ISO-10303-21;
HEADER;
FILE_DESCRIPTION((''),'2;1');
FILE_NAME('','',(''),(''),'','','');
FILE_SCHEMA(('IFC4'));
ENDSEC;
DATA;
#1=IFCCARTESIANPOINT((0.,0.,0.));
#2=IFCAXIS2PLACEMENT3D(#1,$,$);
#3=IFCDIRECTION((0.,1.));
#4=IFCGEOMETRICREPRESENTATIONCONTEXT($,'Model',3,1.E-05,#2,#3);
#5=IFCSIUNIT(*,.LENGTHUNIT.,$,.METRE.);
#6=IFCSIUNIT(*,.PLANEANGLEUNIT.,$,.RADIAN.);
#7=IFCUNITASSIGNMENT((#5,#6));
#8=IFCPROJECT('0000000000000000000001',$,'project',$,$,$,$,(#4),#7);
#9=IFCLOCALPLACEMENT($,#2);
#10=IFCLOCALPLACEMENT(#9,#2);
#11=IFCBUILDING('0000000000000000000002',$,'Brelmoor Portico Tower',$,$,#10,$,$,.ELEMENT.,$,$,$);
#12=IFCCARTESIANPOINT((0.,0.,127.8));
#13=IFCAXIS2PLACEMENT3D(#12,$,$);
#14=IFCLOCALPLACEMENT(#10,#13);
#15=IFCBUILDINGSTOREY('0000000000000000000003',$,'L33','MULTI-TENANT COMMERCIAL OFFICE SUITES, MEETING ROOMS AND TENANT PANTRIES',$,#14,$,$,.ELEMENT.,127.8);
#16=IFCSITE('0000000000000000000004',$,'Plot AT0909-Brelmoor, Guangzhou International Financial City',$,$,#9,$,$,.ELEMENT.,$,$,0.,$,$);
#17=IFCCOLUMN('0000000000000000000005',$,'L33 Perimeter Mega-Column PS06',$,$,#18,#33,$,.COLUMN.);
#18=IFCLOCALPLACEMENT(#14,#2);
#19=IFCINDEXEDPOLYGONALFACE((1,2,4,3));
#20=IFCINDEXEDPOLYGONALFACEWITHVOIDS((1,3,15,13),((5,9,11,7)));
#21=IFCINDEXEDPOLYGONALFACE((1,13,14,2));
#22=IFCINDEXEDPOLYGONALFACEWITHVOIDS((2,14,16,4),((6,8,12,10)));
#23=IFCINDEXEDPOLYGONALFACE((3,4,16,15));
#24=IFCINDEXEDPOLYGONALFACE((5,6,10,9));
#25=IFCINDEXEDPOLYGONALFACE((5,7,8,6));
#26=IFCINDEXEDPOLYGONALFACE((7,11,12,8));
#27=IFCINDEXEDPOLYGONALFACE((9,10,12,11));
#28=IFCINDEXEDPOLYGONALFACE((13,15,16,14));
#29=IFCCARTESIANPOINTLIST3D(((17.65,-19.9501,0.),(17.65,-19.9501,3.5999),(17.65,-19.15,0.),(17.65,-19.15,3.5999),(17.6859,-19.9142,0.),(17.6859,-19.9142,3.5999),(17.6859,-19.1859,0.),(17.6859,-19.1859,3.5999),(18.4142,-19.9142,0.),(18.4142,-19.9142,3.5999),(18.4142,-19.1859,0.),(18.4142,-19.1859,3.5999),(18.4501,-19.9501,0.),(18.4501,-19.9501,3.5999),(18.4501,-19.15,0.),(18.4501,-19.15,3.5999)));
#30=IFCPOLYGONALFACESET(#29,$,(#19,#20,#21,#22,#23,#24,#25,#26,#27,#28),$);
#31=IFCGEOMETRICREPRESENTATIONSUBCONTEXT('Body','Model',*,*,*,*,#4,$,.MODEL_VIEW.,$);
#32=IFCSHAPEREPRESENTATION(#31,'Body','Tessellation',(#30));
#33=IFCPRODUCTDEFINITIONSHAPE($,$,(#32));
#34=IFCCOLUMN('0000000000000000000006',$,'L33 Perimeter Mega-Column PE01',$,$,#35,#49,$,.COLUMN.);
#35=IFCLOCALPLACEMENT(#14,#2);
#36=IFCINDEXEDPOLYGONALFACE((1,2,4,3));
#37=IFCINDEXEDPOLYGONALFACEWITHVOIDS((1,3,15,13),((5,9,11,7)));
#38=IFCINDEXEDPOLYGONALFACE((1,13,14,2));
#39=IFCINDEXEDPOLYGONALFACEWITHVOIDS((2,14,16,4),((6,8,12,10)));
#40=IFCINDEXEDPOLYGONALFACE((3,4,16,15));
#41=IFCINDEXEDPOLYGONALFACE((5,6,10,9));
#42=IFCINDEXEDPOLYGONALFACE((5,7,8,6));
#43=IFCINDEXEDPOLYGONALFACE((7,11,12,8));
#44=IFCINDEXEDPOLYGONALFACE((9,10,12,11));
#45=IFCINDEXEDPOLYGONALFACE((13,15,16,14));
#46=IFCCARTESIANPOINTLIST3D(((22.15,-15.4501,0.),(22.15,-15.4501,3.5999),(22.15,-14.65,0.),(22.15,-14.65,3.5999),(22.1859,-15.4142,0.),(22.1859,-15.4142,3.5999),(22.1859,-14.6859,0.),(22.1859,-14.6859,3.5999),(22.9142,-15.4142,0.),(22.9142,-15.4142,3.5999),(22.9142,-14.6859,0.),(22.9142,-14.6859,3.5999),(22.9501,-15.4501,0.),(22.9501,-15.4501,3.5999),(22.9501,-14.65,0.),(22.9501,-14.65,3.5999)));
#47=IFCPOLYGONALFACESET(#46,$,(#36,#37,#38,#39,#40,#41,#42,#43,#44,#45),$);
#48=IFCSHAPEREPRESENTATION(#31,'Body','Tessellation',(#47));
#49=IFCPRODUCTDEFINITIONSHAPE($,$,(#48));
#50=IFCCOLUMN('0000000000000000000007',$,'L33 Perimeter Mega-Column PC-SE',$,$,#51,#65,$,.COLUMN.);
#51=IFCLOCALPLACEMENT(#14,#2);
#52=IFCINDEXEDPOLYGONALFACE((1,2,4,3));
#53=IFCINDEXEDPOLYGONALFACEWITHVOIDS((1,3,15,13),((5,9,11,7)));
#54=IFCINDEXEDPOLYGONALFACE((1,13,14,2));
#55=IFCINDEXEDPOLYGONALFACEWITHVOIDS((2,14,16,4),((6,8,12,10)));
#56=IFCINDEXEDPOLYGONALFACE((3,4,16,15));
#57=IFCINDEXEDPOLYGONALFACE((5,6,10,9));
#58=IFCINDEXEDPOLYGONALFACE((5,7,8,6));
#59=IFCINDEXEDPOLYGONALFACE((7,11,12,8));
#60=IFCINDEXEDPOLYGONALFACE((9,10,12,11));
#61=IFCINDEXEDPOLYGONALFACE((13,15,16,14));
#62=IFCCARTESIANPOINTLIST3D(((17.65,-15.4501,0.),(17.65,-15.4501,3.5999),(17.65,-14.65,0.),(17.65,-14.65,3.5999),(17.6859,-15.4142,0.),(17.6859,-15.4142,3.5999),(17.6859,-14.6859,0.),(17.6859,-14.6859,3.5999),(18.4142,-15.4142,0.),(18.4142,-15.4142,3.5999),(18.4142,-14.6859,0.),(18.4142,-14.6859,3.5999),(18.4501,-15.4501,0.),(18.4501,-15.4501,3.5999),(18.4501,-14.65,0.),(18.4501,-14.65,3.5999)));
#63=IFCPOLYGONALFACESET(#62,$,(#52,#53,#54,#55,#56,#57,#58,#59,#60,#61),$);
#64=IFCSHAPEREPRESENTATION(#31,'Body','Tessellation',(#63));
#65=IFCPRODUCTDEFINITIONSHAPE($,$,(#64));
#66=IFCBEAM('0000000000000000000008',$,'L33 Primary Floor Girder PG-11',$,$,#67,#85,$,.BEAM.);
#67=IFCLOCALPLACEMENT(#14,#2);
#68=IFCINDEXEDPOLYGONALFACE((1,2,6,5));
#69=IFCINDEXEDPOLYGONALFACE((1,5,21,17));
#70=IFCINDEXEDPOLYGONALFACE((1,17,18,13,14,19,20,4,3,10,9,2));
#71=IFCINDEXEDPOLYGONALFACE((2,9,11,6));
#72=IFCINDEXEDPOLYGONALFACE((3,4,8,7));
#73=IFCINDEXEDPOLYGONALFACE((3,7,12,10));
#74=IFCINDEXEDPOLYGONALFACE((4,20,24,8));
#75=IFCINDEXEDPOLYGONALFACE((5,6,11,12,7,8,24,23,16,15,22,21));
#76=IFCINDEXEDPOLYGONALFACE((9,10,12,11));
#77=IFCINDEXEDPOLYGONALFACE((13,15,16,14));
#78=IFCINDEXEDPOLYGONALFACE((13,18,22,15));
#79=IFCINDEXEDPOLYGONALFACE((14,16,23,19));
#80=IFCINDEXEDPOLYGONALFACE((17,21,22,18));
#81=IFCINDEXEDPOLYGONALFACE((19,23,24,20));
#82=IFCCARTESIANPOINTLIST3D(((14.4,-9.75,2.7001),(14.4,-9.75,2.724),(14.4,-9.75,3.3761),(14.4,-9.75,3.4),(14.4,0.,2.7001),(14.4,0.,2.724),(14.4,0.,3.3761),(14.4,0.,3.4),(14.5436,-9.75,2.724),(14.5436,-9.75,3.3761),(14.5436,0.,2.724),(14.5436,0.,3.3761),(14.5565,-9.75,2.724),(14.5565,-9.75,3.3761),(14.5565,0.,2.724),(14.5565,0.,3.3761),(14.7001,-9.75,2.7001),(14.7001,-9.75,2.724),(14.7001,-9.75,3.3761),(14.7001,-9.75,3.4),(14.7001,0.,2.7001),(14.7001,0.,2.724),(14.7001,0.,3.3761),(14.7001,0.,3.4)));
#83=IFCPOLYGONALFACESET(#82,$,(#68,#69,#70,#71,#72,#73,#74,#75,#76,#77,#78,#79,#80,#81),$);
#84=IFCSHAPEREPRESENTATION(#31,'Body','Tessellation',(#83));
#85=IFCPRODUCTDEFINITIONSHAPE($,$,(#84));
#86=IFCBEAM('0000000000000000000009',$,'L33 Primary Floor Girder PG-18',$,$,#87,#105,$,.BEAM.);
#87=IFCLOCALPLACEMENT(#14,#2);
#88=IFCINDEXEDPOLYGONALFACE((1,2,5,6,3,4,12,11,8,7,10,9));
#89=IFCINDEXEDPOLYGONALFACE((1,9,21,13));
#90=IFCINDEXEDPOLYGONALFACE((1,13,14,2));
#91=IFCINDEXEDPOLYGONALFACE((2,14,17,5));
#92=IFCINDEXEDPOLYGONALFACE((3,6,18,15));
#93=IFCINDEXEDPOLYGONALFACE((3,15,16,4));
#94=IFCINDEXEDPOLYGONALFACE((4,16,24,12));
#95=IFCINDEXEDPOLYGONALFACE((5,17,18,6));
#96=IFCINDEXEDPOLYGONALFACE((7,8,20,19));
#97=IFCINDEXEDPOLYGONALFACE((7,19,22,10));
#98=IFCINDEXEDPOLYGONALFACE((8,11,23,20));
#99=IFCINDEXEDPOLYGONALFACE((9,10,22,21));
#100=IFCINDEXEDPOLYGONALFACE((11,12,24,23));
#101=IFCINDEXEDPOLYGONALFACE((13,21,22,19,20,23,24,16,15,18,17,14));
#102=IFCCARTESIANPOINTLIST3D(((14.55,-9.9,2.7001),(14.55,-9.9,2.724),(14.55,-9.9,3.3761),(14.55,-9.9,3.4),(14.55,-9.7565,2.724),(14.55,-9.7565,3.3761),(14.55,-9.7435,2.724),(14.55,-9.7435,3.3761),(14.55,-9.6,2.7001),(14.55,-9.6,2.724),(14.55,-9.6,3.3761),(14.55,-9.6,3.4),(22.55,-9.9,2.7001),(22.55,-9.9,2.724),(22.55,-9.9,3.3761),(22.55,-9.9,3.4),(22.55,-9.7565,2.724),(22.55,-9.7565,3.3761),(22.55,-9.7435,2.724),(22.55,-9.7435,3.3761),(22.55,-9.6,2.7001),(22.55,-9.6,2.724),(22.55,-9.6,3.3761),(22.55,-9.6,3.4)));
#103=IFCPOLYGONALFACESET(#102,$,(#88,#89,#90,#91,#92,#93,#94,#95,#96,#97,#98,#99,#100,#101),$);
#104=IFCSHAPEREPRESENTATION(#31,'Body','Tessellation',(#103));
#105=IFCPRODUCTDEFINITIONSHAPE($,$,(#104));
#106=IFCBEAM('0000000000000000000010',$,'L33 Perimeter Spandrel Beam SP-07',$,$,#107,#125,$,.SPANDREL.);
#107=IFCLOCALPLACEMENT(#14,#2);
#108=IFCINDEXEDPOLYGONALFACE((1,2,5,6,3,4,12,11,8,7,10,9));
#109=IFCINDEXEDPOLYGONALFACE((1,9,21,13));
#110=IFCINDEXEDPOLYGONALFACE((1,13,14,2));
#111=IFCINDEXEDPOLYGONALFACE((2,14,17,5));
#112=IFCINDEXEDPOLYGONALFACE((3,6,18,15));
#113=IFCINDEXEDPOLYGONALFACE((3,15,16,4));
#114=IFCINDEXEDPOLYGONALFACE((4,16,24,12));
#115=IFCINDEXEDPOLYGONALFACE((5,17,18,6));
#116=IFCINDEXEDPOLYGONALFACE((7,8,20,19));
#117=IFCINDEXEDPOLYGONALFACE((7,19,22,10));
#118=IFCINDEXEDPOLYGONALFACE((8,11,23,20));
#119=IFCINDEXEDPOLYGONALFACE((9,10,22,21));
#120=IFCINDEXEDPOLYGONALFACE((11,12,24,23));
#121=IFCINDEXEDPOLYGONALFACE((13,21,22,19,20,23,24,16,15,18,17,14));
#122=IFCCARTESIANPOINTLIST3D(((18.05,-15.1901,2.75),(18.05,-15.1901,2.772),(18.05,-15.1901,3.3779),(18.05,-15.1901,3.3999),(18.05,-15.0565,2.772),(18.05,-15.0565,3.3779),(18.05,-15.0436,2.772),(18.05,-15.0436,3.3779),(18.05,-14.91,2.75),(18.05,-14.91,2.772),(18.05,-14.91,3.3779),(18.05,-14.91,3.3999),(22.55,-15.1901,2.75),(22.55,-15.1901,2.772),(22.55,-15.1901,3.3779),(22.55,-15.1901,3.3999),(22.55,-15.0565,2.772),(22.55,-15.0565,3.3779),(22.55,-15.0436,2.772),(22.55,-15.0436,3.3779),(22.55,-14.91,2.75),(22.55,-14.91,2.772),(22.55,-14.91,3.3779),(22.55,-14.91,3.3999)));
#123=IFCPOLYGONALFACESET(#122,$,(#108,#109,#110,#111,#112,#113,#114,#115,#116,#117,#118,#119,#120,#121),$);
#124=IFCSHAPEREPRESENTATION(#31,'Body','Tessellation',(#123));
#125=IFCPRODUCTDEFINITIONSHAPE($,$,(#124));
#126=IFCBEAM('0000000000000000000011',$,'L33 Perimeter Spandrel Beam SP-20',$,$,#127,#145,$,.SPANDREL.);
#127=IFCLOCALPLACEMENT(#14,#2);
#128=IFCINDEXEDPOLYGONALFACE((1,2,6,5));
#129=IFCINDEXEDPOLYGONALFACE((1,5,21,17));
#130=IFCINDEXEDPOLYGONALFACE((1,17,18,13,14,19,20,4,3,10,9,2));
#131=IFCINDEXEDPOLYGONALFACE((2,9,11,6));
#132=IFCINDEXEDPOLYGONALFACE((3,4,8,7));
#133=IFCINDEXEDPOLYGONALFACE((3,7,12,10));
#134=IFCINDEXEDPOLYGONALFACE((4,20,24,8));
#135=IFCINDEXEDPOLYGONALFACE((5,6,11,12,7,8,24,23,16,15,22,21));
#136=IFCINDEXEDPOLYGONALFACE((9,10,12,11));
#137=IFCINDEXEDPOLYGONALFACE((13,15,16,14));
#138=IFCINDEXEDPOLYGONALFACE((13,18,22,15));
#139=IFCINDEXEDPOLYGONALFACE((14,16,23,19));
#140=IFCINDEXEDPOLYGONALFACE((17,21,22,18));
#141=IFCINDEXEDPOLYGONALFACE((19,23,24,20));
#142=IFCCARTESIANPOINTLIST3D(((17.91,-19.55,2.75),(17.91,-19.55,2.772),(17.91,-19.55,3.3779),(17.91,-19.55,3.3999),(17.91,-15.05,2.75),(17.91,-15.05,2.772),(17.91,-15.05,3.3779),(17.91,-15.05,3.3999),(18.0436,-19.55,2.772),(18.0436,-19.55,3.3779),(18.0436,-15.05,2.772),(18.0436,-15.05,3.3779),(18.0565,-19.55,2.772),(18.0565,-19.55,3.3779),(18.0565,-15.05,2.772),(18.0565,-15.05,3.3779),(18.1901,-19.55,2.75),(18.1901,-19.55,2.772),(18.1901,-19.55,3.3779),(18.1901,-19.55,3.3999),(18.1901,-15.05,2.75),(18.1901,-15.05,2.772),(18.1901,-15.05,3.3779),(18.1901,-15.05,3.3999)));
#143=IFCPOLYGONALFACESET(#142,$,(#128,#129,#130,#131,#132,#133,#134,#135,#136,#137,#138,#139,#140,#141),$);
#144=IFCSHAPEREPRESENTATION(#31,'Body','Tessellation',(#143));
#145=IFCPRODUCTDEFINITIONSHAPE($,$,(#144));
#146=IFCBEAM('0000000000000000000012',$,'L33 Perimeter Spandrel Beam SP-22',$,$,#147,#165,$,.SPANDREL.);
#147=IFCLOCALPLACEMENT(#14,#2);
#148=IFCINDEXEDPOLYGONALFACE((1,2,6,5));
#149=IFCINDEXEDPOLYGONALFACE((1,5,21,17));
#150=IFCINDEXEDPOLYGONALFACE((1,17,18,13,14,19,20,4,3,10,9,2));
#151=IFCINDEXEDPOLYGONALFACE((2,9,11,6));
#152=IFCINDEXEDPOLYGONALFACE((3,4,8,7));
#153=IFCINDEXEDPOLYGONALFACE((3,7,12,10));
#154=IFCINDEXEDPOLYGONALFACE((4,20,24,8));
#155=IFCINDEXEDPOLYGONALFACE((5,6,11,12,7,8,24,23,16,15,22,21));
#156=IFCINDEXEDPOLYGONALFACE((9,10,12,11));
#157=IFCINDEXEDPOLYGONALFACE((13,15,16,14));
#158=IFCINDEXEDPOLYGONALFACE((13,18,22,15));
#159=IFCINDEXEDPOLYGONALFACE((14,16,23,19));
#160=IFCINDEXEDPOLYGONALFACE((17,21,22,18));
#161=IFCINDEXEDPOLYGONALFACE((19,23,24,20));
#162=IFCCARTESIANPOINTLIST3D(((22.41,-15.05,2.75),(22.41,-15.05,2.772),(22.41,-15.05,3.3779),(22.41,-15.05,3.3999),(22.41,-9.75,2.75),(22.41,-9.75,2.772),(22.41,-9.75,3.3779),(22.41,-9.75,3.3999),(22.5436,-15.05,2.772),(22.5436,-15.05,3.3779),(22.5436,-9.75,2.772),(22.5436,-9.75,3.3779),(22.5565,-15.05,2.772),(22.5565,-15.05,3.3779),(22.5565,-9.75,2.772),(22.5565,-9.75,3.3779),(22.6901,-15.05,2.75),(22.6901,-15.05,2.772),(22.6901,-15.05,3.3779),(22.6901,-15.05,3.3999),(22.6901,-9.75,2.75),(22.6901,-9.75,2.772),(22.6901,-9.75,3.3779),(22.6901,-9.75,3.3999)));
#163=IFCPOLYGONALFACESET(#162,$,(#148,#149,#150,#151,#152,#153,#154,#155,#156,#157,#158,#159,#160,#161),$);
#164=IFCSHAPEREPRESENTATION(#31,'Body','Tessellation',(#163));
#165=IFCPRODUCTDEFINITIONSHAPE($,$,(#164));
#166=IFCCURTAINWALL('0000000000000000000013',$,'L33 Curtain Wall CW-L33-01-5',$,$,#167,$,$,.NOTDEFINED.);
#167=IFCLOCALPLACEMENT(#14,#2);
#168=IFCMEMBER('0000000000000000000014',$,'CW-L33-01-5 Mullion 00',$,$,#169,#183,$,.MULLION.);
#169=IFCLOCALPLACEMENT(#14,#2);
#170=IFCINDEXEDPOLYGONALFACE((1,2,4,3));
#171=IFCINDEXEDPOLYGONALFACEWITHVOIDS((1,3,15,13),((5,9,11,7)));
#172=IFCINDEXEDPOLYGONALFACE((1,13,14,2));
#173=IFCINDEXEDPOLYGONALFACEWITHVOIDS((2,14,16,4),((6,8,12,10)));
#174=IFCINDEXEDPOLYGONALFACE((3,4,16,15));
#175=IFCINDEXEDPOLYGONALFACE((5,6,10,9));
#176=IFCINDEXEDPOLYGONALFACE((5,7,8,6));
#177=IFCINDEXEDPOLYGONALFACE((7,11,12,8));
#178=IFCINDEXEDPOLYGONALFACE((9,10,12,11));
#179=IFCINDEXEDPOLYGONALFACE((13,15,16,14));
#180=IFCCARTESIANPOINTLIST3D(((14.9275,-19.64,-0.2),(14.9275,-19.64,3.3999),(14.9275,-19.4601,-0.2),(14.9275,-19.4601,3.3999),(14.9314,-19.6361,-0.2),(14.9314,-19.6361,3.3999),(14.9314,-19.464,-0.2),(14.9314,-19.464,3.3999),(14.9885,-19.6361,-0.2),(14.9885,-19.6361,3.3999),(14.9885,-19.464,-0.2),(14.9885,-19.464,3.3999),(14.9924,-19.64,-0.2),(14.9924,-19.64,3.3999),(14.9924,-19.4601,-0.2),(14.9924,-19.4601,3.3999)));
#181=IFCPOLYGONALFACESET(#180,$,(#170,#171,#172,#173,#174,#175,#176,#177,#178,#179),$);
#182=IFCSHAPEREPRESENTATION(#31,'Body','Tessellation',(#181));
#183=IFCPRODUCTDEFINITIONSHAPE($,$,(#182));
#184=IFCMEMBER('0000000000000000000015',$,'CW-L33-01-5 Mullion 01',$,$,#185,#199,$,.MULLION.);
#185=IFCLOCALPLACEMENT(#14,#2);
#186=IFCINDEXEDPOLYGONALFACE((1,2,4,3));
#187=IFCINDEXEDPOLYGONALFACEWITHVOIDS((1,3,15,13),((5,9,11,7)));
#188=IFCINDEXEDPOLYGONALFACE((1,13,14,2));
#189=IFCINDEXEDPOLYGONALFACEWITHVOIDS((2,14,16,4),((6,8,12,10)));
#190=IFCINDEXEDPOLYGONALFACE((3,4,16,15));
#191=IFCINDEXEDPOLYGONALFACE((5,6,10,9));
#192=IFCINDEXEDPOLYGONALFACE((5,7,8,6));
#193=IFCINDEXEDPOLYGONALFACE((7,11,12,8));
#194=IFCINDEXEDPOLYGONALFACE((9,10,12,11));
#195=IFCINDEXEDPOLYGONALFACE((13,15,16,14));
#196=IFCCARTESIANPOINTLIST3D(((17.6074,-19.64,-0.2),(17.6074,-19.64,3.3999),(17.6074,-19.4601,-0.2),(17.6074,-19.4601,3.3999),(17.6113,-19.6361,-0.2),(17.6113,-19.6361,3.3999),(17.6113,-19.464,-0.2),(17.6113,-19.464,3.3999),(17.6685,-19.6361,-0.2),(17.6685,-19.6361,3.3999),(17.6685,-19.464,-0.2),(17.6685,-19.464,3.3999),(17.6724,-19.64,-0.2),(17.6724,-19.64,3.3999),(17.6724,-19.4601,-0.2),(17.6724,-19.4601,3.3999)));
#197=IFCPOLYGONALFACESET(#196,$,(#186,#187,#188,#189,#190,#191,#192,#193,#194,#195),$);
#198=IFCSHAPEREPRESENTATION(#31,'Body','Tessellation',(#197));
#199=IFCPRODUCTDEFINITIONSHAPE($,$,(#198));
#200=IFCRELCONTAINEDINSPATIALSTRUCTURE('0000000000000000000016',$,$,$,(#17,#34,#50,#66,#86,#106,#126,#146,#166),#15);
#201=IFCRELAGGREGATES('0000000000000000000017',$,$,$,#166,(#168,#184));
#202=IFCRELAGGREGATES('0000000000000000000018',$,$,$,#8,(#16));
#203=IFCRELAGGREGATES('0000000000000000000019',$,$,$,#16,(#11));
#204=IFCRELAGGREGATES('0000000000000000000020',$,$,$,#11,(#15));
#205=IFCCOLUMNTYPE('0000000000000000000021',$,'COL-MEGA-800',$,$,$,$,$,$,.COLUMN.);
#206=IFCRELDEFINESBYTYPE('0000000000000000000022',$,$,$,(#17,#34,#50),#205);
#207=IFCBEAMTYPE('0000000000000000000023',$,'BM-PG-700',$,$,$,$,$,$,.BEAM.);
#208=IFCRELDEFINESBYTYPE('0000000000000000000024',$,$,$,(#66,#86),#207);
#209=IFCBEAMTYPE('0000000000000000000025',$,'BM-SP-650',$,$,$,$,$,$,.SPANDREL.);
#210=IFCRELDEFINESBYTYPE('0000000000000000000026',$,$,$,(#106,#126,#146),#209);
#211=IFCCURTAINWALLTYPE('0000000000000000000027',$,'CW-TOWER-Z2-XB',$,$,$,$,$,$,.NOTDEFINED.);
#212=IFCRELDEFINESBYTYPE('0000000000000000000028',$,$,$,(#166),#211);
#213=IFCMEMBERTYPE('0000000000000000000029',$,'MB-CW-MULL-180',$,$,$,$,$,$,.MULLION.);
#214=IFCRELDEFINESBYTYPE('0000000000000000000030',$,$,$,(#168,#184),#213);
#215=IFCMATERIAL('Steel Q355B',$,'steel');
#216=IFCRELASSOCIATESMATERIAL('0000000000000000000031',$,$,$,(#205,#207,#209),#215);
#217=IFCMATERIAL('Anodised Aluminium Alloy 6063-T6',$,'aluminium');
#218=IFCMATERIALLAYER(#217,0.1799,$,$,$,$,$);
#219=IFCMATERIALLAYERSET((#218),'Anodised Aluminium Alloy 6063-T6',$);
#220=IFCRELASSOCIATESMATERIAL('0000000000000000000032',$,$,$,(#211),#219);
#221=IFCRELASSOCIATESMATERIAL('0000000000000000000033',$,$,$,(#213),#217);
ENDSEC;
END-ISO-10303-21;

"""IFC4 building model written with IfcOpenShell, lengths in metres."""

from ifc_helpers import new_model, si_unit, direction, frame, origin, origin_2d, place, context, subcontext, project, spatial, hollow_rectangle, i_section, extrude, material, layer, layer_set, material_profile, profile_set, type_object, element, aggregate, save


model = new_model("IFC4")

# Units and contexts
model_context = context("Model", 3, precision=1e-05, world=origin(), true_north=direction((0.0, 1.0)))
body_context = subcontext(model_context, "Body", "Model", "MODEL_VIEW")
ifc_project = project(units=[si_unit("LENGTHUNIT", "METRE"), si_unit("PLANEANGLEUNIT", "RADIAN")], contexts=[model_context])

# Site, building, storey
site_placement = place(None, origin())
site = spatial("IfcSite", under=ifc_project, at=site_placement, Name="Plot AT0909-Brelmoor, Guangzhou International Financial City", CompositionType="ELEMENT", RefElevation=0.0)
building_placement = place(site_placement, origin())
building = spatial("IfcBuilding", under=site, at=building_placement, Name="Brelmoor Portico Tower", CompositionType="ELEMENT")
storey_placement = place(building_placement, frame((0.0, 0.0, 127.8)))
storey = spatial("IfcBuildingStorey", under=building, at=storey_placement, Name="L33", Description="MULTI-TENANT COMMERCIAL OFFICE SUITES, MEETING ROOMS AND TENANT PANTRIES", CompositionType="ELEMENT", Elevation=127.8)

# Columns
ifc_material_1 = material(Name="Steel Q355B", Category="steel")
ifc_material_profile_1 = material_profile(ifc_material_1, hollow_rectangle(XDim=0.8, YDim=0.8, WallThickness=0.0359, at=origin_2d()), Name="BOX 800x800x36")
ifc_profile_set_1 = profile_set([ifc_material_profile_1], Name="Steel Q355B")
column_type = type_object("IfcColumnType", Name="COL-MEGA-800", PredefinedType="COLUMN", material=ifc_profile_set_1)
for number, where, z_axis, x_axis, name in (
    (1, (18.05, -19.55, 0.0), (0.0, 0.0, 1.0), (1.0, 0.0, 0.0), "L33 Perimeter Mega-Column PS06"),
    (2, (22.55, -15.05, 0.0), (0.0, 0.0, 1.0), (0.0, 1.0, 0.0), "L33 Perimeter Mega-Column PE01"),
    (3, (18.05, -15.05, 0.0), (0.0, 0.0, 1.0), (1.0, 0.0, 0.0), "L33 Perimeter Mega-Column PC-SE"),
):
    element("IfcColumn", number, at=place(storey_placement, frame(where, z_axis=z_axis, x_axis=x_axis)), inside=storey, type_object=column_type, Name=name, PredefinedType="COLUMN", context=body_context, shape_type="SweptSolid", body=[
        extrude(hollow_rectangle(XDim=0.8, YDim=0.8, WallThickness=0.0359, at=origin_2d()), origin(), (0.0, 0.0, 1.0), 3.5999),
    ])

# Beams
ifc_material_profile_2 = material_profile(ifc_material_1, i_section(OverallWidth=0.3, OverallDepth=0.7, WebThickness=0.0129, FlangeThickness=0.0239, at=origin_2d()), Name="HN 700x300x13x24")
ifc_profile_set_2 = profile_set([ifc_material_profile_2], Name="Steel Q355B")
beam_type_1 = type_object("IfcBeamType", Name="BM-PG-700", PredefinedType="BEAM", material=ifc_profile_set_2)
beam_1_placement = place(storey_placement, frame((14.55, -9.75, 3.05), z_axis=(0.0, 1.0, 0.0), x_axis=(-1.0, 0.0, 0.0)))
element("IfcBeam", 4, at=beam_1_placement, inside=storey, type_object=beam_type_1, Name="L33 Primary Floor Girder PG-11", PredefinedType="BEAM", context=body_context, shape_type="SweptSolid", body=[
    extrude(i_section(OverallWidth=0.3, OverallDepth=0.7, WebThickness=0.0129, FlangeThickness=0.0239, at=origin_2d()), origin(), (0.0, 0.0, 1.0), 9.75),
])
beam_2_placement = place(storey_placement, frame((14.55, -9.75, 3.05), z_axis=(1.0, 0.0, 0.0), x_axis=(0.0, 1.0, 0.0)))
element("IfcBeam", 5, at=beam_2_placement, inside=storey, type_object=beam_type_1, Name="L33 Primary Floor Girder PG-18", PredefinedType="BEAM", context=body_context, shape_type="SweptSolid", body=[
    extrude(i_section(OverallWidth=0.3, OverallDepth=0.7, WebThickness=0.0129, FlangeThickness=0.0239, at=origin_2d()), origin(), (0.0, 0.0, 1.0), 8.0),
])
ifc_material_profile_3 = material_profile(ifc_material_1, i_section(OverallWidth=0.28, OverallDepth=0.6499, WebThickness=0.0129, FlangeThickness=0.022, at=origin_2d()), Name="HN 650x280x13x22")
ifc_profile_set_3 = profile_set([ifc_material_profile_3], Name="Steel Q355B")
beam_type_2 = type_object("IfcBeamType", Name="BM-SP-650", PredefinedType="SPANDREL", material=ifc_profile_set_3)
for number, where, z_axis, x_axis, name in (
    (6, (18.05, -15.05, 3.075), (1.0, 0.0, 0.0), (0.0, 1.0, 0.0), "L33 Perimeter Spandrel Beam SP-07"),
    (7, (18.05, -19.55, 3.075), (0.0, 1.0, 0.0), (-1.0, 0.0, 0.0), "L33 Perimeter Spandrel Beam SP-20"),
):
    element("IfcBeam", number, at=place(storey_placement, frame(where, z_axis=z_axis, x_axis=x_axis)), inside=storey, type_object=beam_type_2, Name=name, PredefinedType="SPANDREL", context=body_context, shape_type="SweptSolid", body=[
        extrude(i_section(OverallWidth=0.28, OverallDepth=0.6499, WebThickness=0.0129, FlangeThickness=0.022, at=origin_2d()), origin(), (0.0, 0.0, 1.0), 4.5),
    ])
beam_3_placement = place(storey_placement, frame((22.55, -15.05, 3.075), z_axis=(0.0, 1.0, 0.0), x_axis=(-1.0, 0.0, 0.0)))
element("IfcBeam", 8, at=beam_3_placement, inside=storey, type_object=beam_type_2, Name="L33 Perimeter Spandrel Beam SP-22", PredefinedType="SPANDREL", context=body_context, shape_type="SweptSolid", body=[
    extrude(i_section(OverallWidth=0.28, OverallDepth=0.6499, WebThickness=0.0129, FlangeThickness=0.022, at=origin_2d()), origin(), (0.0, 0.0, 1.0), 5.3),
])

# Curtain wall, members
ifc_material_2 = material(Name="Anodised Aluminium Alloy 6063-T6", Category="aluminium")
ifc_layer_1 = layer(ifc_material_2, 0.1799)
ifc_layer_set_1 = layer_set([ifc_layer_1], Name="Anodised Aluminium Alloy 6063-T6")
curtain_wall_type = type_object("IfcCurtainWallType", Name="CW-TOWER-Z2-XB", PredefinedType="NOTDEFINED", material=ifc_layer_set_1)
curtain_wall_1_placement = place(storey_placement, origin())
curtain_wall_1 = element("IfcCurtainWall", 9, at=curtain_wall_1_placement, inside=storey, type_object=curtain_wall_type, Name="L33 Curtain Wall CW-L33-01-5", PredefinedType="NOTDEFINED")
ifc_material_profile_4 = material_profile(ifc_material_2, hollow_rectangle(XDim=0.0649, YDim=0.1799, WallThickness=0.0039, at=origin_2d()), Name="ALU MULLION 65x180")
ifc_profile_set_4 = profile_set([ifc_material_profile_4], Name="Anodised Aluminium Alloy 6063-T6")
member_type_1 = type_object("IfcMemberType", Name="MB-CW-MULL-180", PredefinedType="MULLION", material=ifc_profile_set_4)
member_1_placement = place(storey_placement, frame((14.96, -19.55, -0.2), z_axis=(0.0, 0.0, 1.0), x_axis=(1.0, 0.0, 0.0)))
member_1 = element("IfcMember", 10, at=member_1_placement, type_object=member_type_1, Name="CW-L33-01-5 Mullion 00", PredefinedType="MULLION", context=body_context, shape_type="SweptSolid", body=[
    extrude(hollow_rectangle(XDim=0.0649, YDim=0.1799, WallThickness=0.0039, at=origin_2d()), origin(), (0.0, 0.0, 1.0), 3.5999),
])
member_2_placement = place(storey_placement, frame((17.6399, -19.55, -0.2), z_axis=(0.0, 0.0, 1.0), x_axis=(1.0, 0.0, 0.0)))
member_2 = element("IfcMember", 11, at=member_2_placement, type_object=member_type_1, Name="CW-L33-01-5 Mullion 01", PredefinedType="MULLION", context=body_context, shape_type="SweptSolid", body=[
    extrude(hollow_rectangle(XDim=0.0649, YDim=0.1799, WallThickness=0.0039, at=origin_2d()), origin(), (0.0, 0.0, 1.0), 3.5999),
])

aggregate(curtain_wall_1, [member_1, member_2])

save(model, "model.ifc")
